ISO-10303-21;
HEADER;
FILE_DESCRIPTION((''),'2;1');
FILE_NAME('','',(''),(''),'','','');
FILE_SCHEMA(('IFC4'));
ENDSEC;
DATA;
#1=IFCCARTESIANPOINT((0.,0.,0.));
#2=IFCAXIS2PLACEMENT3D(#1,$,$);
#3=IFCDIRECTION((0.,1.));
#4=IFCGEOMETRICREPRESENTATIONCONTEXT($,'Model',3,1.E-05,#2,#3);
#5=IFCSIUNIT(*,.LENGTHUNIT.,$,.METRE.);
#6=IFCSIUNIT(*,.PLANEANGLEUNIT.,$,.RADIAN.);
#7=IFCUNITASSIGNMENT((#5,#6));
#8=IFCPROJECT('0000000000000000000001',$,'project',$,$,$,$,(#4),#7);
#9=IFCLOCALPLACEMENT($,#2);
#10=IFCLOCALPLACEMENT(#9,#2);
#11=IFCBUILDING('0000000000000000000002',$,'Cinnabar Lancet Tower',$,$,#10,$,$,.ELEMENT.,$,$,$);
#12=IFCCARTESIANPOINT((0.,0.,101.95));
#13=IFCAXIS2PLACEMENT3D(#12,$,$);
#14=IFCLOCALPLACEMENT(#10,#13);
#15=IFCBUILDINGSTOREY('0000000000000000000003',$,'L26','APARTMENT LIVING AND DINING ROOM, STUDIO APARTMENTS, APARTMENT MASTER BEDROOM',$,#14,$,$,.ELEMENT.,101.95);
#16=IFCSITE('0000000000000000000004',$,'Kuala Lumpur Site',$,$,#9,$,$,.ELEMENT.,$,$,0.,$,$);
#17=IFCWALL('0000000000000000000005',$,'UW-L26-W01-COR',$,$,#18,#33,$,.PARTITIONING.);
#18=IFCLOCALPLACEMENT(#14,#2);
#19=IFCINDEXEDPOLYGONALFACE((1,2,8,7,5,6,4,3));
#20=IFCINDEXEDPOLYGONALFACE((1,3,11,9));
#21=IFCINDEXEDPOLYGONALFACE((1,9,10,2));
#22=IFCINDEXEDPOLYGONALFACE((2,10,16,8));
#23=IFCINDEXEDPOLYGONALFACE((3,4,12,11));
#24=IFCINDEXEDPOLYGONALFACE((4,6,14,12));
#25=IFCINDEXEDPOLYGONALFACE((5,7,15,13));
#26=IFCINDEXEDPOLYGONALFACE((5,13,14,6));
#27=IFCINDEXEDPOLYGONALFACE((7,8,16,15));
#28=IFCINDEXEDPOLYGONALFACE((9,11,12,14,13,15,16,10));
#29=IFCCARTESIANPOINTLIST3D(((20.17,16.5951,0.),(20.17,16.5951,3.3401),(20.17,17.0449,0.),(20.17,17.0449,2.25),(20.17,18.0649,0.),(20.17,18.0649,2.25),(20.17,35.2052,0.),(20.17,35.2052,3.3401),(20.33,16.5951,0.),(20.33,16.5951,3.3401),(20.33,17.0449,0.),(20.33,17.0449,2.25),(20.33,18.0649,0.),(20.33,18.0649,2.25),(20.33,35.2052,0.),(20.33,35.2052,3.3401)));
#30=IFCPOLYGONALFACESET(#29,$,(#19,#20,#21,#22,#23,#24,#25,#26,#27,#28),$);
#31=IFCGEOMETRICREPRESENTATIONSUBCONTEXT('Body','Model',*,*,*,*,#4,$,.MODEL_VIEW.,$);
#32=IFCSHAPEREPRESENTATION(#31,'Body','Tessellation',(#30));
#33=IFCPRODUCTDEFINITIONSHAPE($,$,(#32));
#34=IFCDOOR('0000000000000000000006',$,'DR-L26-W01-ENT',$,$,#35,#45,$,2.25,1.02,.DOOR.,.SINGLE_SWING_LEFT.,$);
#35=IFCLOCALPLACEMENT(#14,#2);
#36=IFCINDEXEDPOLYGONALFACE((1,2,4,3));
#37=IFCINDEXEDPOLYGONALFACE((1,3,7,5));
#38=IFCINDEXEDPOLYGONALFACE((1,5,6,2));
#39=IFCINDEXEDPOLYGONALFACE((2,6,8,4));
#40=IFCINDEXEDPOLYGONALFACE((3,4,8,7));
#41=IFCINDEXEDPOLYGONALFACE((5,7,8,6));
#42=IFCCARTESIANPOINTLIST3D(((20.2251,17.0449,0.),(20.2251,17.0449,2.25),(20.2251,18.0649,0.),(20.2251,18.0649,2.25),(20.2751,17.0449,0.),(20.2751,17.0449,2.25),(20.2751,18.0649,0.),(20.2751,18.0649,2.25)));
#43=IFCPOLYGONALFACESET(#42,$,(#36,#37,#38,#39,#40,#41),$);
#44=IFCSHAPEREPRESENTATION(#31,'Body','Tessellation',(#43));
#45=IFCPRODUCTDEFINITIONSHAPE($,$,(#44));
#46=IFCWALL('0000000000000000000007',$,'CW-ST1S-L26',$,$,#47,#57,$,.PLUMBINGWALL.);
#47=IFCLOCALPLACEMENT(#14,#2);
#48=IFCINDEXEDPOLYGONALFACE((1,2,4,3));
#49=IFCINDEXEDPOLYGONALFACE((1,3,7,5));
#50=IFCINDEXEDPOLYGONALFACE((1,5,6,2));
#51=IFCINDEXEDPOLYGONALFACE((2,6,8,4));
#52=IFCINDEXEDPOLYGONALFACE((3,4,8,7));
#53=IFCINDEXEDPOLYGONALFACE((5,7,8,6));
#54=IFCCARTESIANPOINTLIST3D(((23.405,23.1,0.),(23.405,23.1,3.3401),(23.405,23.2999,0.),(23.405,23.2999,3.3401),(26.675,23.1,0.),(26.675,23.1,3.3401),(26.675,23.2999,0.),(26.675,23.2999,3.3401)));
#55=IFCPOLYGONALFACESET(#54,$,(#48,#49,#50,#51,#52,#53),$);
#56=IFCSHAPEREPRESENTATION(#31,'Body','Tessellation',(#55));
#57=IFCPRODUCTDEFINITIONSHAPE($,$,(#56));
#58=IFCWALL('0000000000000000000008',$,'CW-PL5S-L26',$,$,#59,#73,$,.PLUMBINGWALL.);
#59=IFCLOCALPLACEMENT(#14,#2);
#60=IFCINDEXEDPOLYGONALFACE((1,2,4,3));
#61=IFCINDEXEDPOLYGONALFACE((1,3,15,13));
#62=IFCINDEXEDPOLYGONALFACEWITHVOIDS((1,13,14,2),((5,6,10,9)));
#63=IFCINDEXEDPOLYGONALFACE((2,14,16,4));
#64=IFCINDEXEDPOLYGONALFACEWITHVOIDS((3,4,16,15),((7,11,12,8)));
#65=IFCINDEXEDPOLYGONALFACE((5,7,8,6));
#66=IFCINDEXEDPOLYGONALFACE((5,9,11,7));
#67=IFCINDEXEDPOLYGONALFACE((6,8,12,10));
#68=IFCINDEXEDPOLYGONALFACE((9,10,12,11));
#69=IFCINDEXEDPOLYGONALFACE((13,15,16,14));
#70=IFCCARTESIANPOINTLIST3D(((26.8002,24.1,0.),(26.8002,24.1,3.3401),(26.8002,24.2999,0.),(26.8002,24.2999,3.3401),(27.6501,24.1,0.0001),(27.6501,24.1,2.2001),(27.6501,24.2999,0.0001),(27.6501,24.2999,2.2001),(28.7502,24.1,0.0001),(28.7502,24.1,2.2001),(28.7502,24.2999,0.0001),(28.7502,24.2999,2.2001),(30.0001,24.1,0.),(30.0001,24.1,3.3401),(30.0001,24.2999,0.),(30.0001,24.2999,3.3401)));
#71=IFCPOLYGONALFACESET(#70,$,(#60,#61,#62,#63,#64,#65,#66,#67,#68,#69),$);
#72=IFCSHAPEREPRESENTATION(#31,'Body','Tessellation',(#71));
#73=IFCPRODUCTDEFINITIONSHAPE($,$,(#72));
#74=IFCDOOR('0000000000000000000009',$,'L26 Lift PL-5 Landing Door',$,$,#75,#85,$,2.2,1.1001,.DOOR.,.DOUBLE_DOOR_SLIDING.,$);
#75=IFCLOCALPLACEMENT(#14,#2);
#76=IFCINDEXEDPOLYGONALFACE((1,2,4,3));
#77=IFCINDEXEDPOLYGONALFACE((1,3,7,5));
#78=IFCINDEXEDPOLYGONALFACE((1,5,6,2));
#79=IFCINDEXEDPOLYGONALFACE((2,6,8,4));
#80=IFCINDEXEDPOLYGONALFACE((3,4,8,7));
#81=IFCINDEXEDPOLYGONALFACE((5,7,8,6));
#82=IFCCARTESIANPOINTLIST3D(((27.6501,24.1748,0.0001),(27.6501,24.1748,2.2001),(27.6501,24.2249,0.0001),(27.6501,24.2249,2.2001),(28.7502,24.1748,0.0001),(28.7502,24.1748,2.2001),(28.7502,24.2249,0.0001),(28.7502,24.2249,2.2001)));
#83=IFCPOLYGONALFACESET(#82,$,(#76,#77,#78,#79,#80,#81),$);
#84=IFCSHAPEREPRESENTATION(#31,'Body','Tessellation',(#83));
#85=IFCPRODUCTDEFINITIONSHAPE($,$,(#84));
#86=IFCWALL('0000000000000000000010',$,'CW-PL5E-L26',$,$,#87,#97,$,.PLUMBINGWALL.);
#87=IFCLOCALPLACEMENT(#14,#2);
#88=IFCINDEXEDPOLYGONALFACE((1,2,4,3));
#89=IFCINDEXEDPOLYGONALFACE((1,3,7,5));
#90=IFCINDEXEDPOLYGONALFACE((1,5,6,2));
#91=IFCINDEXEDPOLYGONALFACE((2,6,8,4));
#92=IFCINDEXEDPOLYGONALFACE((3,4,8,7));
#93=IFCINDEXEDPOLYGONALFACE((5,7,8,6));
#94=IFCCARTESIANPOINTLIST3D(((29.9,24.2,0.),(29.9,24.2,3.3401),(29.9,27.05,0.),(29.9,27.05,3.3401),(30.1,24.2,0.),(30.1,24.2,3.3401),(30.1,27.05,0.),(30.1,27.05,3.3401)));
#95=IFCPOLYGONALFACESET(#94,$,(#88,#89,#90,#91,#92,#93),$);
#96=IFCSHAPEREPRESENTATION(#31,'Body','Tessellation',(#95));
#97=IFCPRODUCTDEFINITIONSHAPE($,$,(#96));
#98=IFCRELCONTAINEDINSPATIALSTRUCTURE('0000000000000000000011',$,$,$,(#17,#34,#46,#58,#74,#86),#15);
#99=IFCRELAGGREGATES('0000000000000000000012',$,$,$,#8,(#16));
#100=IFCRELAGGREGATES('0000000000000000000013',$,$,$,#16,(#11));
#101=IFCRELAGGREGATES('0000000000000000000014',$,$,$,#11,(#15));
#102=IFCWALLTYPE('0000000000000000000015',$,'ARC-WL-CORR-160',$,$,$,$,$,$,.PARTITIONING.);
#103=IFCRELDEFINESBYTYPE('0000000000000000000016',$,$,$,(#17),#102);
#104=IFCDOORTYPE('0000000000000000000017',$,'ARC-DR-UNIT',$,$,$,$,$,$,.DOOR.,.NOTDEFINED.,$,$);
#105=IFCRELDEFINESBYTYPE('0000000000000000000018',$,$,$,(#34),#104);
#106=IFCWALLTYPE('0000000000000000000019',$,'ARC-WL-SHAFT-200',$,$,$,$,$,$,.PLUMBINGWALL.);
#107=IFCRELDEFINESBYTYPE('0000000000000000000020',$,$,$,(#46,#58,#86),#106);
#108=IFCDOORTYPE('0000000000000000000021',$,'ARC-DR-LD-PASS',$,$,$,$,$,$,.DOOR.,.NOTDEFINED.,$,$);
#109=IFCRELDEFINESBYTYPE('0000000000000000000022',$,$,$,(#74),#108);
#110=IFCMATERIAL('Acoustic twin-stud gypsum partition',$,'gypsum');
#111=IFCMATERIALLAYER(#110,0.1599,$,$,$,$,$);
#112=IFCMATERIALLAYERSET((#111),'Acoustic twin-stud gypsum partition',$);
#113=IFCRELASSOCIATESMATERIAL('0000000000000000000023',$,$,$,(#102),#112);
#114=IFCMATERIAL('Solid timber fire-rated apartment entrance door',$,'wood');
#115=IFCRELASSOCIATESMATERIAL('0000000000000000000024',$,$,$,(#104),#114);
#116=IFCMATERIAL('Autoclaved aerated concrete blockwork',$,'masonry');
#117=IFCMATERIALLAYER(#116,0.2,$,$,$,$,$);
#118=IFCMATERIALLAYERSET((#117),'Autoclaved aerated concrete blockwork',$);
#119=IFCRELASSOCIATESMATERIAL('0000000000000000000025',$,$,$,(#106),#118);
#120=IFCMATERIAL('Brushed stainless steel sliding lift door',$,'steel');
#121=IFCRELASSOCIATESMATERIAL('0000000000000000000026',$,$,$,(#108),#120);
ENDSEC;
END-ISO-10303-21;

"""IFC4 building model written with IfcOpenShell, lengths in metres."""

from ifc_helpers import new_model, si_unit, direction, frame, frame_2d, origin, place, context, subcontext, project, spatial, rectangle, extrude, material, layer, layer_set, type_object, element, fill, save


model = new_model("IFC4")

# Units and contexts
model_context = context("Model", 3, precision=1e-05, world=origin(), true_north=direction((0.0, 1.0)))
body_context = subcontext(model_context, "Body", "Model", "MODEL_VIEW")
ifc_project = project(units=[si_unit("LENGTHUNIT", "METRE"), si_unit("PLANEANGLEUNIT", "RADIAN")], contexts=[model_context])

# Site, building, storey
site_placement = place(None, origin())
site = spatial("IfcSite", under=ifc_project, at=site_placement, Name="Kuala Lumpur Site", CompositionType="ELEMENT", RefElevation=0.0)
building_placement = place(site_placement, origin())
building = spatial("IfcBuilding", under=site, at=building_placement, Name="Cinnabar Lancet Tower", CompositionType="ELEMENT")
storey_placement = place(building_placement, frame((0.0, 0.0, 101.95)))
storey = spatial("IfcBuildingStorey", under=building, at=storey_placement, Name="L26", Description="APARTMENT LIVING AND DINING ROOM, STUDIO APARTMENTS, APARTMENT MASTER BEDROOM", CompositionType="ELEMENT", Elevation=101.95)

# Wall, opening, door
ifc_material_1 = material(Name="Acoustic twin-stud gypsum partition", Category="gypsum")
ifc_layer_1 = layer(ifc_material_1, 0.1599)
ifc_layer_set_1 = layer_set([ifc_layer_1], Name="Acoustic twin-stud gypsum partition")
wall_type_1 = type_object("IfcWallType", Name="ARC-WL-CORR-160", PredefinedType="PARTITIONING", material=ifc_layer_set_1)
wall_1_placement = place(storey_placement, frame((20.25, 16.595, 0.0), z_axis=(0.0, 0.0, 1.0), x_axis=(0.0, 1.0, 0.0)))
wall_1 = element("IfcWall", 1, at=wall_1_placement, inside=storey, type_object=wall_type_1, Name="UW-L26-W01-COR", PredefinedType="PARTITIONING", context=body_context, shape_type="SweptSolid", body=[
    extrude(rectangle(XDim=18.6101, YDim=0.1599, at=frame_2d((9.3052, 0.0))), origin(), (0.0, 0.0, 1.0), 3.3401),
])
opening_1_placement = place(wall_1_placement, frame((0.45, 0.0, 0.0)))
opening_1 = element("IfcOpeningElement", 2, at=opening_1_placement, cuts=wall_1, PredefinedType="OPENING", context=body_context, shape_type="SweptSolid", body=[
    extrude(rectangle(XDim=1.02, YDim=2.25, at=frame_2d((0.51, 1.125))), frame((0.0, 0.0898, 0.0), z_axis=(0.0, -1.0, 0.0), x_axis=(1.0, 0.0, 0.0)), (0.0, 0.0, 1.0), 0.1799),
])
ifc_material_2 = material(Name="Solid timber fire-rated apartment entrance door", Category="wood")
door_type_1 = type_object("IfcDoorType", Name="ARC-DR-UNIT", OperationType="NOTDEFINED", PredefinedType="DOOR", material=ifc_material_2)
door_1_placement = place(opening_1_placement, origin())
door_1 = element("IfcDoor", 3, at=door_1_placement, inside=storey, type_object=door_type_1, Name="DR-L26-W01-ENT", OperationType="SINGLE_SWING_LEFT", OverallHeight=2.25, OverallWidth=1.02, PredefinedType="DOOR", context=body_context, shape_type="SweptSolid", body=[
    extrude(rectangle(XDim=1.02, YDim=2.25, at=frame_2d((0.51, 1.125))), frame((0.0, 0.0249, 0.0), z_axis=(0.0, -1.0, 0.0), x_axis=(1.0, 0.0, 0.0)), (0.0, 0.0, 1.0), 0.05),
])
fill(opening_1, door_1)

# Wall
ifc_material_3 = material(Name="Autoclaved aerated concrete blockwork", Category="masonry")
ifc_layer_2 = layer(ifc_material_3, 0.2)
ifc_layer_set_2 = layer_set([ifc_layer_2], Name="Autoclaved aerated concrete blockwork")
wall_type_2 = type_object("IfcWallType", Name="ARC-WL-SHAFT-200", PredefinedType="PLUMBINGWALL", material=ifc_layer_set_2)
wall_2_placement = place(storey_placement, frame((23.405, 23.2, 0.0), z_axis=(0.0, 0.0, 1.0), x_axis=(1.0, 0.0, 0.0)))
element("IfcWall", 4, at=wall_2_placement, inside=storey, type_object=wall_type_2, Name="CW-ST1S-L26", PredefinedType="PLUMBINGWALL", context=body_context, shape_type="SweptSolid", body=[
    extrude(rectangle(XDim=3.27, YDim=0.2, at=frame_2d((1.635, 0.0))), origin(), (0.0, 0.0, 1.0), 3.3401),
])

# Wall, opening, door
wall_3_placement = place(storey_placement, frame((26.8, 24.2, 0.0), z_axis=(0.0, 0.0, 1.0), x_axis=(1.0, 0.0, 0.0)))
wall_3 = element("IfcWall", 5, at=wall_3_placement, inside=storey, type_object=wall_type_2, Name="CW-PL5S-L26", PredefinedType="PLUMBINGWALL", context=body_context, shape_type="SweptSolid", body=[
    extrude(rectangle(XDim=3.2, YDim=0.2, at=frame_2d((1.6001, 0.0))), origin(), (0.0, 0.0, 1.0), 3.3401),
])
opening_2_placement = place(wall_3_placement, frame((0.8501, 0.0, 0.0)))
opening_2 = element("IfcOpeningElement", 6, at=opening_2_placement, cuts=wall_3, PredefinedType="OPENING", context=body_context, shape_type="SweptSolid", body=[
    extrude(rectangle(XDim=1.1001, YDim=2.2, at=frame_2d((0.55, 1.1001))), frame((0.0, 0.1099, 0.0), z_axis=(0.0, -1.0, 0.0), x_axis=(1.0, 0.0, 0.0)), (0.0, 0.0, 1.0), 0.22),
])
ifc_material_4 = material(Name="Brushed stainless steel sliding lift door", Category="steel")
door_type_2 = type_object("IfcDoorType", Name="ARC-DR-LD-PASS", OperationType="NOTDEFINED", PredefinedType="DOOR", material=ifc_material_4)
door_2_placement = place(opening_2_placement, origin())
door_2 = element("IfcDoor", 7, at=door_2_placement, inside=storey, type_object=door_type_2, Name="L26 Lift PL-5 Landing Door", OperationType="DOUBLE_DOOR_SLIDING", OverallHeight=2.2, OverallWidth=1.1001, PredefinedType="DOOR", context=body_context, shape_type="SweptSolid", body=[
    extrude(rectangle(XDim=1.1001, YDim=2.2, at=frame_2d((0.55, 1.1001))), frame((0.0, 0.0249, 0.0), z_axis=(0.0, -1.0, 0.0), x_axis=(1.0, 0.0, 0.0)), (0.0, 0.0, 1.0), 0.05),
])
fill(opening_2, door_2)

# Wall
wall_4_placement = place(storey_placement, frame((30.0, 24.2, 0.0), z_axis=(0.0, 0.0, 1.0), x_axis=(0.0, 1.0, 0.0)))
element("IfcWall", 8, at=wall_4_placement, inside=storey, type_object=wall_type_2, Name="CW-PL5E-L26", PredefinedType="PLUMBINGWALL", context=body_context, shape_type="SweptSolid", body=[
    extrude(rectangle(XDim=2.8501, YDim=0.2, at=frame_2d((1.425, 0.0))), origin(), (0.0, 0.0, 1.0), 3.3401),
])

save(model, "model.ifc")
